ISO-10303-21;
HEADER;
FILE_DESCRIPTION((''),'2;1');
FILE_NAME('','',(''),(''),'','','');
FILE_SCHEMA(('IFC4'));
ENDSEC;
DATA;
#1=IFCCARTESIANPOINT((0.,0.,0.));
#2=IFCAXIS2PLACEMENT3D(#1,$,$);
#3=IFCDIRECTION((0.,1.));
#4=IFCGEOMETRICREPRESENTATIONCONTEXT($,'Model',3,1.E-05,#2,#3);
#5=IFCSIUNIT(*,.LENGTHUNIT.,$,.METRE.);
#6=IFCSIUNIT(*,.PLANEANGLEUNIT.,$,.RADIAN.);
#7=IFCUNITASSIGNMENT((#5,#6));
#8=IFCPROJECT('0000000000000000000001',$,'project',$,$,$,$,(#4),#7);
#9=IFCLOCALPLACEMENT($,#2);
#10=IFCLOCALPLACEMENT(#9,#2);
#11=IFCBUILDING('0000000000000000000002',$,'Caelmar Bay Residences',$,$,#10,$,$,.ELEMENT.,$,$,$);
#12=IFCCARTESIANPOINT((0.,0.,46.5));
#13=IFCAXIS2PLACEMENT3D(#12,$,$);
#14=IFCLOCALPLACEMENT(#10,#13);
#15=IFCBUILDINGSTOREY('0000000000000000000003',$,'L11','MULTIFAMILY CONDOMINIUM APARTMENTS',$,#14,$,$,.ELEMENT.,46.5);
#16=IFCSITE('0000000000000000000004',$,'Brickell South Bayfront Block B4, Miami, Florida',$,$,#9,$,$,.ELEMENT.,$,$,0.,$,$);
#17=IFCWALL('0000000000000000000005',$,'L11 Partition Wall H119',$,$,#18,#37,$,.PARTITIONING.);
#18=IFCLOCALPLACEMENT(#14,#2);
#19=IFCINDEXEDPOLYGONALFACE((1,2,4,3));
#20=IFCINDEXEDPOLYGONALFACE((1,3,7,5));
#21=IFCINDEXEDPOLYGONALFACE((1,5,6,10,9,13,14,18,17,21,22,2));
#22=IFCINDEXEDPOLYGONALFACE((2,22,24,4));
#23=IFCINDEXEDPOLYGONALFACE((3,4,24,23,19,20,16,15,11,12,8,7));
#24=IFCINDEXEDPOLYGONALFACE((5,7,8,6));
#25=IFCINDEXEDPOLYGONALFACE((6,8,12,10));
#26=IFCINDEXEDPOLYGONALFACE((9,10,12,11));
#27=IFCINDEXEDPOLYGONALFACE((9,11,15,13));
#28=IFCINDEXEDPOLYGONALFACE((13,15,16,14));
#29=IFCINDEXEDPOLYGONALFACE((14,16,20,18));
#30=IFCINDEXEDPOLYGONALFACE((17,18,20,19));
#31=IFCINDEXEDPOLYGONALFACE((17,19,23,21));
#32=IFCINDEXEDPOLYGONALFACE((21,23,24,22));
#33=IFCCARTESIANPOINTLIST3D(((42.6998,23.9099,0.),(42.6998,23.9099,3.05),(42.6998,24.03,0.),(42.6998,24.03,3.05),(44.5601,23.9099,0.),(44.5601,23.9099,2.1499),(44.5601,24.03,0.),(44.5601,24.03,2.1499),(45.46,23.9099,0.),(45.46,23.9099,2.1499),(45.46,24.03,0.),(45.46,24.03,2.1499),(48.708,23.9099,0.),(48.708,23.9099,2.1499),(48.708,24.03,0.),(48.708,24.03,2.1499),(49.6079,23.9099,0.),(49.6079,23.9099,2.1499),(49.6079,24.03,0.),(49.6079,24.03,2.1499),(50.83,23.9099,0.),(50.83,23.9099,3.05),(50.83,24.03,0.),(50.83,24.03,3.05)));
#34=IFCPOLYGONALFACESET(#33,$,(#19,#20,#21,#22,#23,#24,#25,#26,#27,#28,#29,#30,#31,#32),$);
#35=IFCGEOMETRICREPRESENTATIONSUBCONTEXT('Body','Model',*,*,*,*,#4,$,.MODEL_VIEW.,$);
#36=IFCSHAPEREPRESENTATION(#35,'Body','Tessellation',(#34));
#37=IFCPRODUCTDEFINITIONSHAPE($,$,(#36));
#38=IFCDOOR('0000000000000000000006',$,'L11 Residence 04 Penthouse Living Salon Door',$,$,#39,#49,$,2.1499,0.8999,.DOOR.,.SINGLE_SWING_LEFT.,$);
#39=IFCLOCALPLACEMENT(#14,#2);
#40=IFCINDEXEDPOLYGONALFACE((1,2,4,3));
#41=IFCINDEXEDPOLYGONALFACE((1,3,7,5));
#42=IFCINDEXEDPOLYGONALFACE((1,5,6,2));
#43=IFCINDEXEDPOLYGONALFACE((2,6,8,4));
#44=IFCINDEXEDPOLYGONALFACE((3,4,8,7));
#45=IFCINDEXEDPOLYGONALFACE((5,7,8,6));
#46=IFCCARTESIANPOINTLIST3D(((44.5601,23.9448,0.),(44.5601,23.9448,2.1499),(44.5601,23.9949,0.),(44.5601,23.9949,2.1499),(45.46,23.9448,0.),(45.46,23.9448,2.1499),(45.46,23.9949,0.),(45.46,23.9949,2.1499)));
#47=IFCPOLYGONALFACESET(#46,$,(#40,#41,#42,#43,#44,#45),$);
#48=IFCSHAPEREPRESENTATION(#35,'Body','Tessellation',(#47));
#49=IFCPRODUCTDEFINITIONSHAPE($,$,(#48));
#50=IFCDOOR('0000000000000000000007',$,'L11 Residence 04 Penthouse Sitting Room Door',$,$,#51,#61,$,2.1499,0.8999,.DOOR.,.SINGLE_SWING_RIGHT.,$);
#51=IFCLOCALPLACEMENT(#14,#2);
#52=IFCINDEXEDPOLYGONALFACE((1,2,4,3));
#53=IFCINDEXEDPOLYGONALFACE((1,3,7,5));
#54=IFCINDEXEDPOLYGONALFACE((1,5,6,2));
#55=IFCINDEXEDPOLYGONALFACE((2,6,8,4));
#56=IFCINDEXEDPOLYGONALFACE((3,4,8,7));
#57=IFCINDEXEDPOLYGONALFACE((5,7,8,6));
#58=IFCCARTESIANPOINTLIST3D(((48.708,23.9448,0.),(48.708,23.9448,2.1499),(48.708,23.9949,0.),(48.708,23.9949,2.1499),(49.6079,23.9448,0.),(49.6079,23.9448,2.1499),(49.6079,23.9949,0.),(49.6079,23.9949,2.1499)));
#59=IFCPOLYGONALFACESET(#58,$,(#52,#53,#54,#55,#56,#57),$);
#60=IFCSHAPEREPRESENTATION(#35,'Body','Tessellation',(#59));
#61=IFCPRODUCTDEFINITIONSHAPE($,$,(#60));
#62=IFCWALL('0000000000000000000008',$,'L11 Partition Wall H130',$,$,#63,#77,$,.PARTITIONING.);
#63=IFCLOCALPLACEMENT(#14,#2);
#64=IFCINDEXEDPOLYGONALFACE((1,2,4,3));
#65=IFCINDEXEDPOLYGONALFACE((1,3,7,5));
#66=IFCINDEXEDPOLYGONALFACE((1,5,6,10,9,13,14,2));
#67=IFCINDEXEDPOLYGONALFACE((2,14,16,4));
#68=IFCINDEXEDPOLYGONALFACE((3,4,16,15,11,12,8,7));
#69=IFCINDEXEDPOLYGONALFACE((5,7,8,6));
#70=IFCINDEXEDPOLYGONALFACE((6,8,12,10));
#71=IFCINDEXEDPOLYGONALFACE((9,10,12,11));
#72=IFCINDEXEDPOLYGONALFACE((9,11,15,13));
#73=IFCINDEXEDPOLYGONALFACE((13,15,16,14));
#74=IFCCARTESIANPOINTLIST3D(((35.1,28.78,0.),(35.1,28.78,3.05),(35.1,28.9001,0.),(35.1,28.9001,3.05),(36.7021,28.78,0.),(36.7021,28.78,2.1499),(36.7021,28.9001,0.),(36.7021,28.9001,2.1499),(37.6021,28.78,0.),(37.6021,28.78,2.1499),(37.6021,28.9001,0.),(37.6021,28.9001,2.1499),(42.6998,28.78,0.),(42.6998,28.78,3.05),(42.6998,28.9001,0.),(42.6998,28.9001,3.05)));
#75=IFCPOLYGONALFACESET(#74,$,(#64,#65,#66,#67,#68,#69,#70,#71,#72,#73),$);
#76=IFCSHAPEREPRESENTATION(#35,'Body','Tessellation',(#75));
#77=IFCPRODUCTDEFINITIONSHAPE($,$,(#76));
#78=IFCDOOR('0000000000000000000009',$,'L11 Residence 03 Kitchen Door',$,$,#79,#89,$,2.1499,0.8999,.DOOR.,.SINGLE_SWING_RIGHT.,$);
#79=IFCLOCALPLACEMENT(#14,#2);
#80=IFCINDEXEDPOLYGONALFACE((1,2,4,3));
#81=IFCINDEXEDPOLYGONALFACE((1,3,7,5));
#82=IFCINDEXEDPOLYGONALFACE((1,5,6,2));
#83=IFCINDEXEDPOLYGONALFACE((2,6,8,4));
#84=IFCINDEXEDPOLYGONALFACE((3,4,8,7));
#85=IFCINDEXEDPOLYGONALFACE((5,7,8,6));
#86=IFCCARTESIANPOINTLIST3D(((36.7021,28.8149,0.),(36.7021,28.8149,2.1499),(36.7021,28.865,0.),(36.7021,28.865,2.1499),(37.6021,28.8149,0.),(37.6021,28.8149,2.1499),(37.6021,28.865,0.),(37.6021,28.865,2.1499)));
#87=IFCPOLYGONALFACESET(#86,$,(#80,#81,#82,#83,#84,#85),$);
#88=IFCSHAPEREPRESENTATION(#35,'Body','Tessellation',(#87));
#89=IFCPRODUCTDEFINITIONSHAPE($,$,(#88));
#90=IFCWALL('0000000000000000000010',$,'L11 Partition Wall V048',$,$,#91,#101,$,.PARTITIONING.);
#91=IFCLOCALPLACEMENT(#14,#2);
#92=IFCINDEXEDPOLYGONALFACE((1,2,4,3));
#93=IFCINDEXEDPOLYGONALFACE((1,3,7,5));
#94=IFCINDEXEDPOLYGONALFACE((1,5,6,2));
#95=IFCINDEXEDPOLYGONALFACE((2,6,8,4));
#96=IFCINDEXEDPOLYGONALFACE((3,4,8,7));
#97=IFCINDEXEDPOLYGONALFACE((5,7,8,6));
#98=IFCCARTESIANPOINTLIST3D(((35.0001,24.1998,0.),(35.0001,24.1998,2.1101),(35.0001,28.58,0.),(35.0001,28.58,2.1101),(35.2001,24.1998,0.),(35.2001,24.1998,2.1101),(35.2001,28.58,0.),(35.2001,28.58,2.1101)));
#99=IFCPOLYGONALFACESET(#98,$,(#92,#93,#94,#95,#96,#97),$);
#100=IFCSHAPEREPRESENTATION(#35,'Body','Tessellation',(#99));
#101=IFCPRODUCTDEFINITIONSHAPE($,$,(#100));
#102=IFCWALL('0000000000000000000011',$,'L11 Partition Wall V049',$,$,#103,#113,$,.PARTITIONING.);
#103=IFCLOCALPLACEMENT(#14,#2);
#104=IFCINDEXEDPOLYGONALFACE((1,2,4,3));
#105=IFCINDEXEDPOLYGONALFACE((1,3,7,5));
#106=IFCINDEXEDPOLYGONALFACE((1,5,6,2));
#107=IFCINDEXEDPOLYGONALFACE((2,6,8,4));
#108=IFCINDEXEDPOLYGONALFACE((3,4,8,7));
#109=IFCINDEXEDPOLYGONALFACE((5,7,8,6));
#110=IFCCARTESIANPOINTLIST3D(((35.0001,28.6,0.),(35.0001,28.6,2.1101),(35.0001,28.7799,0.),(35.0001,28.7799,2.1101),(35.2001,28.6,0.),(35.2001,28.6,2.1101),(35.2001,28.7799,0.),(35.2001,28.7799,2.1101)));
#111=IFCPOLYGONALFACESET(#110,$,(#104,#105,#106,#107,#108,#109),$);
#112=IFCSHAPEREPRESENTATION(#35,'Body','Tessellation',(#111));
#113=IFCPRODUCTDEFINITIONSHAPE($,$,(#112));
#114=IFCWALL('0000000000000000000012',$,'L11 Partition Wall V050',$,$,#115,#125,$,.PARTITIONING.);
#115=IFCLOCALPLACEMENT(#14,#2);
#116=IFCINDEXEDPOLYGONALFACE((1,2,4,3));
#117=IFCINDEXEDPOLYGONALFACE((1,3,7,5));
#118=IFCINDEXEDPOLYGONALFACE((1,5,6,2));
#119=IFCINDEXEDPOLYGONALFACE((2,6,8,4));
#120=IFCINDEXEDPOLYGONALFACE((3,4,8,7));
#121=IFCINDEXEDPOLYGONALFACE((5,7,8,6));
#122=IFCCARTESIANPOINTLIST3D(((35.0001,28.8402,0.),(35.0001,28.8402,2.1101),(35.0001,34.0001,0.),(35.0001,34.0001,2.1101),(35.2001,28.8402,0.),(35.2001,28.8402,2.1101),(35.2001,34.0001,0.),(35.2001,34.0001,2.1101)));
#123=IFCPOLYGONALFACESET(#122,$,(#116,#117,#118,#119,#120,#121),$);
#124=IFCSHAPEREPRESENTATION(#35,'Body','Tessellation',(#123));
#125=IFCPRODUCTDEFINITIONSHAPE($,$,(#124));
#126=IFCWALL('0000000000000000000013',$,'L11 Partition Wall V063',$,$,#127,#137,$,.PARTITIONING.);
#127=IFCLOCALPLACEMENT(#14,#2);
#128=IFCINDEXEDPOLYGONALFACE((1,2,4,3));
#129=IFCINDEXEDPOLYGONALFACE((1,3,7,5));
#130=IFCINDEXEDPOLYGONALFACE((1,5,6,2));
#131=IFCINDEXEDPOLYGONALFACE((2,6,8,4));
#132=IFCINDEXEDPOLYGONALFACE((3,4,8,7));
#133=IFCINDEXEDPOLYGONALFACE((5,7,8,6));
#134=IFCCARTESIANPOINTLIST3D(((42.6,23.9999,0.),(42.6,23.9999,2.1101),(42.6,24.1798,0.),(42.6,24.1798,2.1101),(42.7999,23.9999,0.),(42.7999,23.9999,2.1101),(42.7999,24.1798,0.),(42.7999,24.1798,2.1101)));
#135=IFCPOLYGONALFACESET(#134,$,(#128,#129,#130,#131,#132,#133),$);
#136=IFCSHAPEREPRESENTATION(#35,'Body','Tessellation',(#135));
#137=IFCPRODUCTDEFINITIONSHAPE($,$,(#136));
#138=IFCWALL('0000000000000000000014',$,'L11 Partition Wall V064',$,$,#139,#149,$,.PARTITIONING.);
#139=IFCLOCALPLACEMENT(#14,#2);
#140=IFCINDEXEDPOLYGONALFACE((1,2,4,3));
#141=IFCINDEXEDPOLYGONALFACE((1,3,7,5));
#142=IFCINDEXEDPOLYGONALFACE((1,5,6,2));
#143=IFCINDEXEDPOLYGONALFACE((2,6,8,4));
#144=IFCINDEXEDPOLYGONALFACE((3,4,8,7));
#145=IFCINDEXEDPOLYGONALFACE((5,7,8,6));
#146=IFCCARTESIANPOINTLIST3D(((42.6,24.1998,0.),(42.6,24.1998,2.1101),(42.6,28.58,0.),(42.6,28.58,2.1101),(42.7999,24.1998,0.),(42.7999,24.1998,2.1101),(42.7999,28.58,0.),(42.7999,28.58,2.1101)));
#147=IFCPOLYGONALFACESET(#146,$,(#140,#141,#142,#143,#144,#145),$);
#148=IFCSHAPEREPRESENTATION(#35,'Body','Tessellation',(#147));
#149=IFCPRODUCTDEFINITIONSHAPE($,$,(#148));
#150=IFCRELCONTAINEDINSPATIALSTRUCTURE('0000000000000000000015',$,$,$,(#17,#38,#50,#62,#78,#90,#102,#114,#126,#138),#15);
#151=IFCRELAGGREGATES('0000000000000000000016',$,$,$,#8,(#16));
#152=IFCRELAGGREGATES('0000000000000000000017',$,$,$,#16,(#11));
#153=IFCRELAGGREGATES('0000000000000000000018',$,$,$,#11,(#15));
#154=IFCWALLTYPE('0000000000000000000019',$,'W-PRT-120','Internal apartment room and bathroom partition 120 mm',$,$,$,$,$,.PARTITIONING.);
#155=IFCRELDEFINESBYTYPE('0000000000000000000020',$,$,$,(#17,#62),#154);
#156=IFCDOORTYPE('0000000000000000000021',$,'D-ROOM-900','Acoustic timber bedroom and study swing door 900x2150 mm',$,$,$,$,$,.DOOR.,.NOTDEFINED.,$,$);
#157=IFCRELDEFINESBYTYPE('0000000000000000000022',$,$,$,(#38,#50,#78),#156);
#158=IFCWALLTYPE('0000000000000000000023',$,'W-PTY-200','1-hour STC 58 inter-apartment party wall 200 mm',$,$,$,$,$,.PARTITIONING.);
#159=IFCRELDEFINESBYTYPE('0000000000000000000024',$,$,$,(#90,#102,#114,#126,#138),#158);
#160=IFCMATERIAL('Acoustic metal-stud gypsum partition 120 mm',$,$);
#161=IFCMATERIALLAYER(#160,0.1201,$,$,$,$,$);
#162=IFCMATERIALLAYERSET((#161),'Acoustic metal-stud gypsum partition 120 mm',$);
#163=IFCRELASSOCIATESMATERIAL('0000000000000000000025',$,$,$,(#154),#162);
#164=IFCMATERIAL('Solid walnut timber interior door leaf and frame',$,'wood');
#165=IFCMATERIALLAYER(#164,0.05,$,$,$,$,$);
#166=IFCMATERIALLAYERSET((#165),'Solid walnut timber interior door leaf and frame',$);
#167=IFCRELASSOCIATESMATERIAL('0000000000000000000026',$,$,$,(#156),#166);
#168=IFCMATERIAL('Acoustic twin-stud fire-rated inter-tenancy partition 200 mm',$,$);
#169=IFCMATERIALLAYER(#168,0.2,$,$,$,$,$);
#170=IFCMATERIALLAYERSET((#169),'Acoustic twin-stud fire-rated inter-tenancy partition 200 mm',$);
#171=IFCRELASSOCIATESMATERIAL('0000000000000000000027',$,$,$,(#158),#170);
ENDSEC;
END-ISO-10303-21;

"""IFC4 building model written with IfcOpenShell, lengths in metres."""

from ifc_helpers import new_model, si_unit, direction, frame, frame_2d, origin, place, context, subcontext, project, spatial, rectangle, extrude, material, layer, layer_set, type_object, element, fill, save


model = new_model("IFC4")

# Units and contexts
model_context = context("Model", 3, precision=1e-05, world=origin(), true_north=direction((0.0, 1.0)))
body_context = subcontext(model_context, "Body", "Model", "MODEL_VIEW")
ifc_project = project(units=[si_unit("LENGTHUNIT", "METRE"), si_unit("PLANEANGLEUNIT", "RADIAN")], contexts=[model_context])

# Site, building, storey
site_placement = place(None, origin())
site = spatial("IfcSite", under=ifc_project, at=site_placement, Name="Brickell South Bayfront Block B4, Miami, Florida", CompositionType="ELEMENT", RefElevation=0.0)
building_placement = place(site_placement, origin())
building = spatial("IfcBuilding", under=site, at=building_placement, Name="Caelmar Bay Residences", CompositionType="ELEMENT")
storey_placement = place(building_placement, frame((0.0, 0.0, 46.5)))
storey = spatial("IfcBuildingStorey", under=building, at=storey_placement, Name="L11", Description="MULTIFAMILY CONDOMINIUM APARTMENTS", CompositionType="ELEMENT", Elevation=46.5)

# Shared definitions
ifc_material_1 = material(Name="Acoustic metal-stud gypsum partition 120 mm")
ifc_layer_1 = layer(ifc_material_1, 0.1201)
ifc_layer_set_1 = layer_set([ifc_layer_1], Name="Acoustic metal-stud gypsum partition 120 mm")
wall_type_1 = type_object("IfcWallType", Name="W-PRT-120", Description="Internal apartment room and bathroom partition 120 mm", PredefinedType="PARTITIONING", material=ifc_layer_set_1)

# Shared definitions
ifc_material_2 = material(Name="Solid walnut timber interior door leaf and frame", Category="wood")
ifc_layer_2 = layer(ifc_material_2, 0.05)
ifc_layer_set_2 = layer_set([ifc_layer_2], Name="Solid walnut timber interior door leaf and frame")
door_type_1 = type_object("IfcDoorType", Name="D-ROOM-900", Description="Acoustic timber bedroom and study swing door 900x2150 mm", OperationType="NOTDEFINED", PredefinedType="DOOR", material=ifc_layer_set_2)

# Wall, openings, doors
wall_1_placement = place(storey_placement, frame((42.7, 23.97, 0.0), z_axis=(0.0, 0.0, 1.0), x_axis=(1.0, 0.0, 0.0)))
wall_1 = element("IfcWall", 1, at=wall_1_placement, inside=storey, type_object=wall_type_1, Name="L11 Partition Wall H119", PredefinedType="PARTITIONING", context=body_context, shape_type="SweptSolid", body=[
    extrude(rectangle(XDim=8.1301, YDim=0.1201, at=frame_2d((4.0649, 0.0))), origin(), (0.0, 0.0, 1.0), 3.05),
])
opening_1_placement = place(wall_1_placement, frame((1.8601, 0.0, 0.0)))
opening_1 = element("IfcOpeningElement", 2, at=opening_1_placement, cuts=wall_1, PredefinedType="OPENING", context=body_context, shape_type="SweptSolid", body=[
    extrude(rectangle(XDim=0.8999, YDim=2.1499, at=frame_2d((0.45, 1.075))), frame((0.0, 0.0701, 0.0), z_axis=(0.0, -1.0, 0.0), x_axis=(1.0, 0.0, 0.0)), (0.0, 0.0, 1.0), 0.1401),
])
opening_2_placement = place(wall_1_placement, frame((6.0081, 0.0, 0.0)))
opening_2 = element("IfcOpeningElement", 3, at=opening_2_placement, cuts=wall_1, PredefinedType="OPENING", context=body_context, shape_type="SweptSolid", body=[
    extrude(rectangle(XDim=0.8999, YDim=2.1499, at=frame_2d((0.45, 1.075))), frame((0.0, 0.0701, 0.0), z_axis=(0.0, -1.0, 0.0), x_axis=(1.0, 0.0, 0.0)), (0.0, 0.0, 1.0), 0.1401),
])
door_1_placement = place(opening_1_placement, origin())
door_1 = element("IfcDoor", 4, at=door_1_placement, inside=storey, type_object=door_type_1, Name="L11 Residence 04 Penthouse Living Salon Door", OperationType="SINGLE_SWING_LEFT", OverallHeight=2.1499, OverallWidth=0.8999, PredefinedType="DOOR", context=body_context, shape_type="SweptSolid", body=[
    extrude(rectangle(XDim=0.8999, YDim=2.1499, at=frame_2d((0.45, 1.075))), frame((0.0, 0.0249, 0.0), z_axis=(0.0, -1.0, 0.0), x_axis=(1.0, 0.0, 0.0)), (0.0, 0.0, 1.0), 0.05),
])
fill(opening_1, door_1)
door_2_placement = place(opening_2_placement, origin())
door_2 = element("IfcDoor", 5, at=door_2_placement, inside=storey, type_object=door_type_1, Name="L11 Residence 04 Penthouse Sitting Room Door", OperationType="SINGLE_SWING_RIGHT", OverallHeight=2.1499, OverallWidth=0.8999, PredefinedType="DOOR", context=body_context, shape_type="SweptSolid", body=[
    extrude(rectangle(XDim=0.8999, YDim=2.1499, at=frame_2d((0.45, 1.075))), frame((0.0, 0.0249, 0.0), z_axis=(0.0, -1.0, 0.0), x_axis=(1.0, 0.0, 0.0)), (0.0, 0.0, 1.0), 0.05),
])
fill(opening_2, door_2)

# Wall, opening, door
wall_2_placement = place(storey_placement, frame((35.1001, 28.8401, 0.0), z_axis=(0.0, 0.0, 1.0), x_axis=(1.0, 0.0, 0.0)))
wall_2 = element("IfcWall", 6, at=wall_2_placement, inside=storey, type_object=wall_type_1, Name="L11 Partition Wall H130", PredefinedType="PARTITIONING", context=body_context, shape_type="SweptSolid", body=[
    extrude(rectangle(XDim=7.5999, YDim=0.1201, at=frame_2d((3.7998, 0.0))), origin(), (0.0, 0.0, 1.0), 3.05),
])
opening_3_placement = place(wall_2_placement, frame((1.6021, 0.0, 0.0)))
opening_3 = element("IfcOpeningElement", 7, at=opening_3_placement, cuts=wall_2, PredefinedType="OPENING", context=body_context, shape_type="SweptSolid", body=[
    extrude(rectangle(XDim=0.8999, YDim=2.1499, at=frame_2d((0.45, 1.075))), frame((0.0, 0.0701, 0.0), z_axis=(0.0, -1.0, 0.0), x_axis=(1.0, 0.0, 0.0)), (0.0, 0.0, 1.0), 0.1401),
])
door_3_placement = place(opening_3_placement, origin())
door_3 = element("IfcDoor", 8, at=door_3_placement, inside=storey, type_object=door_type_1, Name="L11 Residence 03 Kitchen Door", OperationType="SINGLE_SWING_RIGHT", OverallHeight=2.1499, OverallWidth=0.8999, PredefinedType="DOOR", context=body_context, shape_type="SweptSolid", body=[
    extrude(rectangle(XDim=0.8999, YDim=2.1499, at=frame_2d((0.45, 1.075))), frame((0.0, 0.0249, 0.0), z_axis=(0.0, -1.0, 0.0), x_axis=(1.0, 0.0, 0.0)), (0.0, 0.0, 1.0), 0.05),
])
fill(opening_3, door_3)

# Walls
ifc_material_3 = material(Name="Acoustic twin-stud fire-rated inter-tenancy partition 200 mm")
ifc_layer_3 = layer(ifc_material_3, 0.2)
ifc_layer_set_3 = layer_set([ifc_layer_3], Name="Acoustic twin-stud fire-rated inter-tenancy partition 200 mm")
wall_type_2 = type_object("IfcWallType", Name="W-PTY-200", Description="1-hour STC 58 inter-apartment party wall 200 mm", PredefinedType="PARTITIONING", material=ifc_layer_set_3)
wall_3_placement = place(storey_placement, frame((35.1001, 24.2, 0.0), z_axis=(0.0, 0.0, 1.0), x_axis=(0.0, 1.0, 0.0)))
element("IfcWall", 9, at=wall_3_placement, inside=storey, type_object=wall_type_2, Name="L11 Partition Wall V048", PredefinedType="PARTITIONING", context=body_context, shape_type="SweptSolid", body=[
    extrude(rectangle(XDim=4.3801, YDim=0.2, at=frame_2d((2.1899, 0.0))), origin(), (0.0, 0.0, 1.0), 2.1101),
])
wall_4_placement = place(storey_placement, frame((35.1001, 28.6001, 0.0), z_axis=(0.0, 0.0, 1.0), x_axis=(0.0, 1.0, 0.0)))
element("IfcWall", 10, at=wall_4_placement, inside=storey, type_object=wall_type_2, Name="L11 Partition Wall V049", PredefinedType="PARTITIONING", context=body_context, shape_type="SweptSolid", body=[
    extrude(rectangle(XDim=0.1799, YDim=0.2, at=frame_2d((0.0898, 0.0))), origin(), (0.0, 0.0, 1.0), 2.1101),
])
wall_5_placement = place(storey_placement, frame((35.1001, 28.8401, 0.0), z_axis=(0.0, 0.0, 1.0), x_axis=(0.0, 1.0, 0.0)))
element("IfcWall", 11, at=wall_5_placement, inside=storey, type_object=wall_type_2, Name="L11 Partition Wall V050", PredefinedType="PARTITIONING", context=body_context, shape_type="SweptSolid", body=[
    extrude(rectangle(XDim=5.1599, YDim=0.2, at=frame_2d((2.5801, 0.0))), origin(), (0.0, 0.0, 1.0), 2.1101),
])
wall_6_placement = place(storey_placement, frame((42.7, 24.0, 0.0), z_axis=(0.0, 0.0, 1.0), x_axis=(0.0, 1.0, 0.0)))
element("IfcWall", 12, at=wall_6_placement, inside=storey, type_object=wall_type_2, Name="L11 Partition Wall V063", PredefinedType="PARTITIONING", context=body_context, shape_type="SweptSolid", body=[
    extrude(rectangle(XDim=0.1799, YDim=0.2, at=frame_2d((0.0898, 0.0))), origin(), (0.0, 0.0, 1.0), 2.1101),
])
wall_7_placement = place(storey_placement, frame((42.7, 24.2, 0.0), z_axis=(0.0, 0.0, 1.0), x_axis=(0.0, 1.0, 0.0)))
element("IfcWall", 13, at=wall_7_placement, inside=storey, type_object=wall_type_2, Name="L11 Partition Wall V064", PredefinedType="PARTITIONING", context=body_context, shape_type="SweptSolid", body=[
    extrude(rectangle(XDim=4.3801, YDim=0.2, at=frame_2d((2.1899, 0.0))), origin(), (0.0, 0.0, 1.0), 2.1101),
])

save(model, "model.ifc")
